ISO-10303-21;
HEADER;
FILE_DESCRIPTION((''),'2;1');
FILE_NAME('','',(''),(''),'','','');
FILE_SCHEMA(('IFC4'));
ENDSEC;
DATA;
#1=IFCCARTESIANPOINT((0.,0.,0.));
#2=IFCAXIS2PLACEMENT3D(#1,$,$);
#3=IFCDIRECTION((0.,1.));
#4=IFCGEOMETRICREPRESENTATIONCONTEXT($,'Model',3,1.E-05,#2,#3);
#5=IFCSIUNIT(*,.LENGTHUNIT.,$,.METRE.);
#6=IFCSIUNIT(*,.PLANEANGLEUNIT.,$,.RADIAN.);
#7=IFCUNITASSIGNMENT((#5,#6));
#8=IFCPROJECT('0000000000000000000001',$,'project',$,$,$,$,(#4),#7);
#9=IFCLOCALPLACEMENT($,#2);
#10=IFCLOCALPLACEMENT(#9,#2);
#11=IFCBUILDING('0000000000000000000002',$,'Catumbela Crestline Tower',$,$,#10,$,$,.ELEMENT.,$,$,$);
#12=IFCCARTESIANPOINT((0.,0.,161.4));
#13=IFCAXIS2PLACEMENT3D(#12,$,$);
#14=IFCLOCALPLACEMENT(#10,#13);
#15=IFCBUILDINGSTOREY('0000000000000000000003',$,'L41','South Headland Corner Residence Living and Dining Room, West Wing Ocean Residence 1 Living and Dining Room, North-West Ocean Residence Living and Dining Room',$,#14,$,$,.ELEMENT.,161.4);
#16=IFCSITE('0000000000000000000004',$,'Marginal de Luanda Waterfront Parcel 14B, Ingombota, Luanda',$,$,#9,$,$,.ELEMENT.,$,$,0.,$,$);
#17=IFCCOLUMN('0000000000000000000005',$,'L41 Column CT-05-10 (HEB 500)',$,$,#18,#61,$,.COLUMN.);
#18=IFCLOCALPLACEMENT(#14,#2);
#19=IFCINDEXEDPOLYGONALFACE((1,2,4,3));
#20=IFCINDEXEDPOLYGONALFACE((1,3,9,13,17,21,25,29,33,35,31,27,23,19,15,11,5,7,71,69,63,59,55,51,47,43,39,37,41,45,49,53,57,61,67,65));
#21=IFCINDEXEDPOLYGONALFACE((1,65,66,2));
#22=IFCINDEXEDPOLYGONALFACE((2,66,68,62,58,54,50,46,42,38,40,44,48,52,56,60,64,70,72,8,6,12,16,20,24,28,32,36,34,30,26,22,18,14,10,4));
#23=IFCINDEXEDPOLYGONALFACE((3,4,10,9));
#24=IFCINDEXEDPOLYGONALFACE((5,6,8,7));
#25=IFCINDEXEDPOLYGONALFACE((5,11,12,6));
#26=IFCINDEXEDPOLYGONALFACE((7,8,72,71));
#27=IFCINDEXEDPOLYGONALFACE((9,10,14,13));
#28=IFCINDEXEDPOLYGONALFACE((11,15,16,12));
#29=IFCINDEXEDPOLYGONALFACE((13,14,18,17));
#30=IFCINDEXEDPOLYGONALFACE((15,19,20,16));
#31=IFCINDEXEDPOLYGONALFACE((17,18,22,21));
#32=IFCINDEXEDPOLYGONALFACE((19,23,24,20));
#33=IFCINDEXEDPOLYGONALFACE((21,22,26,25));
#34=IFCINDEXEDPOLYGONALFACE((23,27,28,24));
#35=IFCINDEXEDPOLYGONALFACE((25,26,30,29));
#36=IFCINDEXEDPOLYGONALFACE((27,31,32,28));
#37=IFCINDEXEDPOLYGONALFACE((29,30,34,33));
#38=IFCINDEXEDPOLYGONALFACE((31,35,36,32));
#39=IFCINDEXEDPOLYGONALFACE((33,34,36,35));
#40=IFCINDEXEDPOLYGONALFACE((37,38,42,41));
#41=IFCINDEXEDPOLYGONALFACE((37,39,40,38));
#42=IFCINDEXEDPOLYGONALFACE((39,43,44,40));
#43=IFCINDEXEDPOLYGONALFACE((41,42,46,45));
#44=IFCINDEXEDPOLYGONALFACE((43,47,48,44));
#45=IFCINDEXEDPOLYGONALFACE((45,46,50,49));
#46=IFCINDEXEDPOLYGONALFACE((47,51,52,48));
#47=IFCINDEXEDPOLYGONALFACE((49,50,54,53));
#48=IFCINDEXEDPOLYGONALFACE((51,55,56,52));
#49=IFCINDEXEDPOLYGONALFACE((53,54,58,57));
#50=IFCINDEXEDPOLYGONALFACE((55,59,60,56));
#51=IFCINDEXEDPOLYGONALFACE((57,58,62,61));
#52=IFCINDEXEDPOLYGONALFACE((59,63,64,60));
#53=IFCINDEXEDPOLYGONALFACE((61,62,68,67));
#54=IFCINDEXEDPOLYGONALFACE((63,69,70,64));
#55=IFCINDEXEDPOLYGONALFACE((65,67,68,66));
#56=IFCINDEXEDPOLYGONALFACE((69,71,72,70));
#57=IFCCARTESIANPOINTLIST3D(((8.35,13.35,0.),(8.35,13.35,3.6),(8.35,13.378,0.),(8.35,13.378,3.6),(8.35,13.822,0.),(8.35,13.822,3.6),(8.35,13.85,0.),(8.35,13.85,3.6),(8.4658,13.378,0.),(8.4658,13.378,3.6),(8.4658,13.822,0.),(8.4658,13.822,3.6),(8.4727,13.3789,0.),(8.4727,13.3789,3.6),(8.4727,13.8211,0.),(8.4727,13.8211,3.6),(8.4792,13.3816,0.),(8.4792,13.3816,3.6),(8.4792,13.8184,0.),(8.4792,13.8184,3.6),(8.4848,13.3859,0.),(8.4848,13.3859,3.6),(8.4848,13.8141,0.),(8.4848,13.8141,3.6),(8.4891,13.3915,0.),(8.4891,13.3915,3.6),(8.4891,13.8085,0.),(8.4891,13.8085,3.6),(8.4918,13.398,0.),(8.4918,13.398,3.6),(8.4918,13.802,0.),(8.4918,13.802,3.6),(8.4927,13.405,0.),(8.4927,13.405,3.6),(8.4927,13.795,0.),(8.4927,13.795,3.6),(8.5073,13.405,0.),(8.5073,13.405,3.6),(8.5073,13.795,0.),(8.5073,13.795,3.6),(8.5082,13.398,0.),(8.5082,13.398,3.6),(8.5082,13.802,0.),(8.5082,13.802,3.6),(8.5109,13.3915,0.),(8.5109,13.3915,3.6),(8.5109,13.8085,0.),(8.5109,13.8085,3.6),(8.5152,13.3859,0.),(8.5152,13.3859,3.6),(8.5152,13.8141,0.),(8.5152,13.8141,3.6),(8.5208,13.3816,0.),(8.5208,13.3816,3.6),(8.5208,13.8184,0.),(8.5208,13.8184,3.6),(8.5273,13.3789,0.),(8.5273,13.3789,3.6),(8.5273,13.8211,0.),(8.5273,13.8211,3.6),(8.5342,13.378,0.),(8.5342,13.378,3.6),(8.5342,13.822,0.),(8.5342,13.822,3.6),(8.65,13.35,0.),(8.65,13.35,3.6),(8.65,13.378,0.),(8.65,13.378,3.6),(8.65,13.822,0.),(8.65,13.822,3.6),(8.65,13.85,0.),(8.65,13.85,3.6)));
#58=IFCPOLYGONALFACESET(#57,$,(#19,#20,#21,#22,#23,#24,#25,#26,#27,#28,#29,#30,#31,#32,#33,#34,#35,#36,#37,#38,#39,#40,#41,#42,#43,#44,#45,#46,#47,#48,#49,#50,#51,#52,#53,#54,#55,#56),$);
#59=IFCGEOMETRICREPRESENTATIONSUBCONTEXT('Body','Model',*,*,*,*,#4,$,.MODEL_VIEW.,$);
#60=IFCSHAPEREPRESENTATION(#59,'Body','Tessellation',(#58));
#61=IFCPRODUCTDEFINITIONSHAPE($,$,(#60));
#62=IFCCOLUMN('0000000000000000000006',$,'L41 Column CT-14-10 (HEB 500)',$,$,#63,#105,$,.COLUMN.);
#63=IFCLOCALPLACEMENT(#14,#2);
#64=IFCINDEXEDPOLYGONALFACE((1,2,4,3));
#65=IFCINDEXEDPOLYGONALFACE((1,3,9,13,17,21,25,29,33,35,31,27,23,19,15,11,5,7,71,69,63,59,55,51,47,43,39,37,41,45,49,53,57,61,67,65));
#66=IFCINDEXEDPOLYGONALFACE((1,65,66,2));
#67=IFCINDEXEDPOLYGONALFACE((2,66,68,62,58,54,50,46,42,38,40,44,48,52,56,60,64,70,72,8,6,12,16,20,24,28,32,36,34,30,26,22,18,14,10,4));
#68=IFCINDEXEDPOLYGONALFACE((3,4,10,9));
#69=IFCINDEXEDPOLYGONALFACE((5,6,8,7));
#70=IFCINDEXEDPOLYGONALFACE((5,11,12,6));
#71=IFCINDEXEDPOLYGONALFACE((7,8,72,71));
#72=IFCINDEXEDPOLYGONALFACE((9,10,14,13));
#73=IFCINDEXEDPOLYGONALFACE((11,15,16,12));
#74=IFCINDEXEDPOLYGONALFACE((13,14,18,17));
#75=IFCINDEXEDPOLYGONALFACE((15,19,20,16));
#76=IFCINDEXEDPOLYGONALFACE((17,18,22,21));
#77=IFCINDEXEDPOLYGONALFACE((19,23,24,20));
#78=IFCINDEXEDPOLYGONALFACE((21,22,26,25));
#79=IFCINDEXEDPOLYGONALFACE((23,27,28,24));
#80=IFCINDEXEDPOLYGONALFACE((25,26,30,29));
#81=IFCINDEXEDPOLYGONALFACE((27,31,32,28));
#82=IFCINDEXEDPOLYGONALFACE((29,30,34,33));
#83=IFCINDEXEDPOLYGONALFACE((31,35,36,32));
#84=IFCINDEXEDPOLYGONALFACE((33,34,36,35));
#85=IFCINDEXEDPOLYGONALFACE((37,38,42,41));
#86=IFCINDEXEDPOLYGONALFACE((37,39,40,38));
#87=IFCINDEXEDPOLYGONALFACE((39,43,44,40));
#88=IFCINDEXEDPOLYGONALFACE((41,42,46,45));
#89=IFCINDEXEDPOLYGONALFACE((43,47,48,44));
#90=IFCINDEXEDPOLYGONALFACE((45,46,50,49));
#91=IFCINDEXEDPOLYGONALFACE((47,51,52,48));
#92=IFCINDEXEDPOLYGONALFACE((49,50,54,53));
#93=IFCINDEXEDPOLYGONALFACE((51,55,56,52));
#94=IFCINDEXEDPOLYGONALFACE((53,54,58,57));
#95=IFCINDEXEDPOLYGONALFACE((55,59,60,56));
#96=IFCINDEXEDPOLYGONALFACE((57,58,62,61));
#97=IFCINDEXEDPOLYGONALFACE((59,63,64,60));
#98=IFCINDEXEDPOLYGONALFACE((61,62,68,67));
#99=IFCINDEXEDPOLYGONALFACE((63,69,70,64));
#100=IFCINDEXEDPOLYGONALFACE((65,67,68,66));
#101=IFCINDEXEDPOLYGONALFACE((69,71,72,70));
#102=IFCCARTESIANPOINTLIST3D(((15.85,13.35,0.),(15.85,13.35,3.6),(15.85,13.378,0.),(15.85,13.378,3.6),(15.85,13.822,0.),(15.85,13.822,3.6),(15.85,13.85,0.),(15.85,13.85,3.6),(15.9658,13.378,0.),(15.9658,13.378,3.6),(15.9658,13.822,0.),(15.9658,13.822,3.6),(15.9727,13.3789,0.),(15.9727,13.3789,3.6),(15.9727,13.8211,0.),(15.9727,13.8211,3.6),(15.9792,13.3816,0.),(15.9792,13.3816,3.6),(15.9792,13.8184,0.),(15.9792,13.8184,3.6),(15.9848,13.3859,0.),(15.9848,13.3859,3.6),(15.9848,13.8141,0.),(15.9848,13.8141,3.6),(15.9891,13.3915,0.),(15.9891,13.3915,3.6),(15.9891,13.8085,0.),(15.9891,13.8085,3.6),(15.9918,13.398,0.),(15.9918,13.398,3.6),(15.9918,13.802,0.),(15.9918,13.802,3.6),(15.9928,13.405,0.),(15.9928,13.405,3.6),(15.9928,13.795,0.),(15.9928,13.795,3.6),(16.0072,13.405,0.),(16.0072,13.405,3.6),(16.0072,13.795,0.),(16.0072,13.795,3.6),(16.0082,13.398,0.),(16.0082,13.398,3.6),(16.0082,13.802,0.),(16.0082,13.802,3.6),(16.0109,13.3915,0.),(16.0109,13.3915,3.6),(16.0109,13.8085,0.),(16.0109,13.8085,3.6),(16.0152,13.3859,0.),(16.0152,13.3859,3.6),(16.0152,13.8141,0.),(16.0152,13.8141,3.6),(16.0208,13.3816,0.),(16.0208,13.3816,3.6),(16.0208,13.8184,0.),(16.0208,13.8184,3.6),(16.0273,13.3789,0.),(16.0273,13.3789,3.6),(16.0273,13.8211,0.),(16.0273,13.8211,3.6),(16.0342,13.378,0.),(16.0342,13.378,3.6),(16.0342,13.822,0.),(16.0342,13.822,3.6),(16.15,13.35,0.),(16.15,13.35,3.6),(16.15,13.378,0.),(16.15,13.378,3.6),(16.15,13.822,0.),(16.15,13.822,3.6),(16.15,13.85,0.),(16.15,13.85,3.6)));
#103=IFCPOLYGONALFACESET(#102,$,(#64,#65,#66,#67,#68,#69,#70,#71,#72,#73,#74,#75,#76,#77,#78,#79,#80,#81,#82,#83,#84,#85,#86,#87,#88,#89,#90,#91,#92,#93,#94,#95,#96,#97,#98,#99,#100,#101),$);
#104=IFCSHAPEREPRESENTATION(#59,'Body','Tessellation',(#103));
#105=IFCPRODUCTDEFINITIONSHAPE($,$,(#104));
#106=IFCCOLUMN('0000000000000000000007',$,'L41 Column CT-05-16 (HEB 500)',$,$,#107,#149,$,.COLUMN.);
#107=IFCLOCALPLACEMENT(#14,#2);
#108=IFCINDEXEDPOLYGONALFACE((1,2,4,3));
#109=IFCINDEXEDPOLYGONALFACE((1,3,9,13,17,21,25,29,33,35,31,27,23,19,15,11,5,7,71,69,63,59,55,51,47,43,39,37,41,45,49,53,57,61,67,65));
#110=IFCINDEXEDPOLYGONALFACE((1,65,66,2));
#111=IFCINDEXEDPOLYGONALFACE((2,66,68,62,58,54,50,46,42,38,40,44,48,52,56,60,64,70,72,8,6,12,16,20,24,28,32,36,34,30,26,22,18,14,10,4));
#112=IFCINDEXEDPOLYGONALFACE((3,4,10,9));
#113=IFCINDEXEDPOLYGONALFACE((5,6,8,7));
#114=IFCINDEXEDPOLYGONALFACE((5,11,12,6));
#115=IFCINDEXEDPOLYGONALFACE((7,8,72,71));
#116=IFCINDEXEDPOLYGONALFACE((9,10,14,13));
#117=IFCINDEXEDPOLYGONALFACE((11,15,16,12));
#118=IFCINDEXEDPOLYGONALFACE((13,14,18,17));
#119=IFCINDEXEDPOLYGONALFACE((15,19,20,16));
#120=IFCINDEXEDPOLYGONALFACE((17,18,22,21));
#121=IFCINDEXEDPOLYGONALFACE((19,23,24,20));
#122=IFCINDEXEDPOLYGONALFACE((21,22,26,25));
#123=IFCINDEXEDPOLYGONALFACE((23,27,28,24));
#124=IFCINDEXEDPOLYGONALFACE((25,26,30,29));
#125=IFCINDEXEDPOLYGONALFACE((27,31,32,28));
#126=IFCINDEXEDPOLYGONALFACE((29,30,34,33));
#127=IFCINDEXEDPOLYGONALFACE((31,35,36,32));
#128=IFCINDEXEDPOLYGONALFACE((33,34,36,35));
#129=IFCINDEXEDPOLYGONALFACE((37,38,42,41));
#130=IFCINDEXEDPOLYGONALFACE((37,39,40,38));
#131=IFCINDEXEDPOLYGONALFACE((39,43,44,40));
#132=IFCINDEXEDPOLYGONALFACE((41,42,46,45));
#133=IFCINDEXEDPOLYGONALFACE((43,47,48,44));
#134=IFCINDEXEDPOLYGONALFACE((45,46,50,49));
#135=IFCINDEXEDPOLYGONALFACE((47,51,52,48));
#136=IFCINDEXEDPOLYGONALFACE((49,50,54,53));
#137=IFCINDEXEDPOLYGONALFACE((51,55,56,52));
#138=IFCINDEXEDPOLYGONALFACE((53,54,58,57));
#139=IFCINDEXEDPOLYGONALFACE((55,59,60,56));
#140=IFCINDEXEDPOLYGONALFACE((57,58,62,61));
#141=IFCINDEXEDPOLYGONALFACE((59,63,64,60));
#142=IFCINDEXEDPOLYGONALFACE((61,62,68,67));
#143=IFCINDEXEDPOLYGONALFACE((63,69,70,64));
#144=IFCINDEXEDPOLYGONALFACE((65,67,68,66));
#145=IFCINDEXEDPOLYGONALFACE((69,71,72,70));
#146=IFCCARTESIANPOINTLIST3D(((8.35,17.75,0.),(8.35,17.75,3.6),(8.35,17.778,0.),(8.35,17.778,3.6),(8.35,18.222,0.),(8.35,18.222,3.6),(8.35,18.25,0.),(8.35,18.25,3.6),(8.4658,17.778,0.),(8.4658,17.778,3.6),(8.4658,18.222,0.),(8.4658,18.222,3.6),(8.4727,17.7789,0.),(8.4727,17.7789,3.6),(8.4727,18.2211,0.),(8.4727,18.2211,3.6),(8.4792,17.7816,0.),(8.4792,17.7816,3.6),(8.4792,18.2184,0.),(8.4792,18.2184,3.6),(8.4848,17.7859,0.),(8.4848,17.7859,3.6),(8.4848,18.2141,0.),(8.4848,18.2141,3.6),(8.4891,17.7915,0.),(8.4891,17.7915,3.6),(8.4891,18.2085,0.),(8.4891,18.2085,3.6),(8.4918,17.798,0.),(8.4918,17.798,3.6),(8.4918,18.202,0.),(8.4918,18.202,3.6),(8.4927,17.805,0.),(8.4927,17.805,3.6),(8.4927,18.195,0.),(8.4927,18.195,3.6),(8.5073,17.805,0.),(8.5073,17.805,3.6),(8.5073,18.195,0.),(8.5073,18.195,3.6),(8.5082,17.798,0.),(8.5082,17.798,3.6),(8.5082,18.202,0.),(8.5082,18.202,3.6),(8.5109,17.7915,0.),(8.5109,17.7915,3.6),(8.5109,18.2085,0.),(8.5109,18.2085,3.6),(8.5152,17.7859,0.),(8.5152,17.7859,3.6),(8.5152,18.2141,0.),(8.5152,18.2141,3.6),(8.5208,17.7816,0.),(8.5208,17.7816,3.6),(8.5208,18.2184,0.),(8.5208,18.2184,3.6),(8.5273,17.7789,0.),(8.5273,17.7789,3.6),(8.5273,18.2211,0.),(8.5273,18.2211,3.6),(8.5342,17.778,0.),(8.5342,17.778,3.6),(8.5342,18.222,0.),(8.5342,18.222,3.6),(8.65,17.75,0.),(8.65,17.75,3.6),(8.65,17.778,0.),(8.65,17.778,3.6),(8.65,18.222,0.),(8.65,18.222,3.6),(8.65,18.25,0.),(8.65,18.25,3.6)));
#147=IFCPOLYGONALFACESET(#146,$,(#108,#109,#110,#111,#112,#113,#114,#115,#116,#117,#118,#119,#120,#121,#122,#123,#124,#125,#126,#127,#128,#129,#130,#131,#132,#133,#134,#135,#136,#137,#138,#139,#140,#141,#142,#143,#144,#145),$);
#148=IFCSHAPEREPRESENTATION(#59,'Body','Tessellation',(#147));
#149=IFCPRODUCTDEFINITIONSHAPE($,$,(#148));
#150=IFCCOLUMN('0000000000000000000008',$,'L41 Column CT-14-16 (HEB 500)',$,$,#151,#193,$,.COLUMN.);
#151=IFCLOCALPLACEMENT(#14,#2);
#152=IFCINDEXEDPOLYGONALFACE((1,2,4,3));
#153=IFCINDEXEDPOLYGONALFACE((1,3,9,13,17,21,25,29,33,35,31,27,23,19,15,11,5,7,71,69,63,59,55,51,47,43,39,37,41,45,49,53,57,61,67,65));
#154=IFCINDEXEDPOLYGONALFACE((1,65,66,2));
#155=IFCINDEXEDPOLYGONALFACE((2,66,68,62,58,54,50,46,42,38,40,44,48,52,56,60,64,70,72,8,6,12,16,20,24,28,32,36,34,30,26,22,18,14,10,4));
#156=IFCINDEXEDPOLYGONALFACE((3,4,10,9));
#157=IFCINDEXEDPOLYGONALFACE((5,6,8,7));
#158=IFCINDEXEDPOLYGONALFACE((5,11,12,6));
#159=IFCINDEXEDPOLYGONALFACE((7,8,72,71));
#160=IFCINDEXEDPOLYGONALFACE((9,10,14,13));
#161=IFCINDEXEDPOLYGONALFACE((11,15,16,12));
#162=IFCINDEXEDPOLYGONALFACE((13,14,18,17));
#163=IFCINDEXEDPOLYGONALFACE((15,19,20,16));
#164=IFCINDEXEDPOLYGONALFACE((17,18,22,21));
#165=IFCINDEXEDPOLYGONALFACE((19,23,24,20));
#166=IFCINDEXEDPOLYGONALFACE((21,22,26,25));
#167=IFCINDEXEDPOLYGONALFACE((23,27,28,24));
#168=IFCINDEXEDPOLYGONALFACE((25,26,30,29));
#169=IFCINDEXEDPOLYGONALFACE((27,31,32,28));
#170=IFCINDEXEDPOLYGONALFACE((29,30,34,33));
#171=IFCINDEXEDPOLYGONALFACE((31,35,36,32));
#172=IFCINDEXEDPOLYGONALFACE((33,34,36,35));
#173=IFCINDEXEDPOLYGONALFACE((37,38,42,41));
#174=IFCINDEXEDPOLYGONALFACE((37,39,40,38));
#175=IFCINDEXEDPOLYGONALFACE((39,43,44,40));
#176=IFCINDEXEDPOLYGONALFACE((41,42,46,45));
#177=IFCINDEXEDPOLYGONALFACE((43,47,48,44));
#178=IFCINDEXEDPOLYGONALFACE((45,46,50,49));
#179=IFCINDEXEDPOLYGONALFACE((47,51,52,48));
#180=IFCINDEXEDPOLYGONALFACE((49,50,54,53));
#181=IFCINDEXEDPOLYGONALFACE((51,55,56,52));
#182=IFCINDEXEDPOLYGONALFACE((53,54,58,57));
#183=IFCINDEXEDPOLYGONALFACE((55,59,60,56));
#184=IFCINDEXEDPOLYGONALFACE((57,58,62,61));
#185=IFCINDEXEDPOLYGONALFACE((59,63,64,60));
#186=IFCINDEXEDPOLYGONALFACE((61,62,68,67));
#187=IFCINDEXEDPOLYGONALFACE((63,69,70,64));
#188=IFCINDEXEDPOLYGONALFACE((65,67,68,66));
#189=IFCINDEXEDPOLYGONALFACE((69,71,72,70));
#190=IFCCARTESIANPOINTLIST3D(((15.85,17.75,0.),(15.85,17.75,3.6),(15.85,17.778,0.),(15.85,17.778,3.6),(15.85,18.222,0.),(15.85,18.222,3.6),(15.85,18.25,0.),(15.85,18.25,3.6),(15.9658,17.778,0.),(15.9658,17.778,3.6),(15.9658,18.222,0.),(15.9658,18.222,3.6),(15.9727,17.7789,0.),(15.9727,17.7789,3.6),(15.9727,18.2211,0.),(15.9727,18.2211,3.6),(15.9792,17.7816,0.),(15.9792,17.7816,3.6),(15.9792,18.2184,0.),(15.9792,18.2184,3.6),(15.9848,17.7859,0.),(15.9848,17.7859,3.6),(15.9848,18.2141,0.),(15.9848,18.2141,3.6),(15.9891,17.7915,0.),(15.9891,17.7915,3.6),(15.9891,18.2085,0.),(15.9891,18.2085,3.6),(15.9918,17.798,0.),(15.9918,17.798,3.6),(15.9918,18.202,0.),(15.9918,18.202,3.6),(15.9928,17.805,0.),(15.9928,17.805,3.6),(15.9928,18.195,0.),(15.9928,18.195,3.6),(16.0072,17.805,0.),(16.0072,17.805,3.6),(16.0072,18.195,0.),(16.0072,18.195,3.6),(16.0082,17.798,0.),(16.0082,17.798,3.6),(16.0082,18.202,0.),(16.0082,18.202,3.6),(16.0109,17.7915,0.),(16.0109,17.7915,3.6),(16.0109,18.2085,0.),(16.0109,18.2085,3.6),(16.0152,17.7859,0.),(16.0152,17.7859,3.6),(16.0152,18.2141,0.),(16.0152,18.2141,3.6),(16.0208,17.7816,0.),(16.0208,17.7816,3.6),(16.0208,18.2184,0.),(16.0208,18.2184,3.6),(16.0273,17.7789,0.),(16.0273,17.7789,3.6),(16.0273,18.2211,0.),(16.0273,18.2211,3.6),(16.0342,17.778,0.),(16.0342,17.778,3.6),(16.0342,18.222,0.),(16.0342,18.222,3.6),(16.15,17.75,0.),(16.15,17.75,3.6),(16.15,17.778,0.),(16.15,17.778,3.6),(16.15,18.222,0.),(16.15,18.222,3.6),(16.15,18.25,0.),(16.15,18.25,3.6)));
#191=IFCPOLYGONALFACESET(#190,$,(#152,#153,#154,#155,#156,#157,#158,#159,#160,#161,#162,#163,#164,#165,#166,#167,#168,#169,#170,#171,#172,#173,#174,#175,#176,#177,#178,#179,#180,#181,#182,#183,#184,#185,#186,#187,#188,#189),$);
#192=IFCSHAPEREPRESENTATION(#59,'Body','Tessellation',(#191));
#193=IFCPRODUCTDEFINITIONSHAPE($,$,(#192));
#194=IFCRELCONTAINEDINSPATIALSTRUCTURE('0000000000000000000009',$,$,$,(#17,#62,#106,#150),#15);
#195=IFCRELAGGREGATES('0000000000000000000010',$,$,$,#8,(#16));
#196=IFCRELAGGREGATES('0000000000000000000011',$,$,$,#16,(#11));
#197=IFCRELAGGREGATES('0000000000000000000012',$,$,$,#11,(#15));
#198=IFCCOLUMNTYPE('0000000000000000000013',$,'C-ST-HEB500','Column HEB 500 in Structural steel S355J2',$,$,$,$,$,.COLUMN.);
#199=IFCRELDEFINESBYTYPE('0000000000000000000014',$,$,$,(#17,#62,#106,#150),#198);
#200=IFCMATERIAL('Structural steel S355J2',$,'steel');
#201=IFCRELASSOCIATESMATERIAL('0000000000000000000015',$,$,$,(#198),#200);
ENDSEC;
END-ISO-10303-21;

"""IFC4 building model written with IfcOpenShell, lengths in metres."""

from ifc_helpers import new_model, si_unit, direction, frame, origin, origin_2d, place, context, subcontext, project, spatial, i_section, extrude, material, material_profile, profile_set, type_object, element, save


model = new_model("IFC4")

# Units and contexts
model_context = context("Model", 3, precision=1e-05, world=origin(), true_north=direction((0.0, 1.0)))
body_context = subcontext(model_context, "Body", "Model", "MODEL_VIEW")
ifc_project = project(units=[si_unit("LENGTHUNIT", "METRE"), si_unit("PLANEANGLEUNIT", "RADIAN")], contexts=[model_context])

# Site, building, storey
site_placement = place(None, origin())
site = spatial("IfcSite", under=ifc_project, at=site_placement, Name="Marginal de Luanda Waterfront Parcel 14B, Ingombota, Luanda", CompositionType="ELEMENT", RefElevation=0.0)
building_placement = place(site_placement, origin())
building = spatial("IfcBuilding", under=site, at=building_placement, Name="Catumbela Crestline Tower", CompositionType="ELEMENT")
storey_placement = place(building_placement, frame((0.0, 0.0, 161.4)))
storey = spatial("IfcBuildingStorey", under=building, at=storey_placement, Name="L41", Description="South Headland Corner Residence Living and Dining Room, West Wing Ocean Residence 1 Living and Dining Room, North-West Ocean Residence Living and Dining Room", CompositionType="ELEMENT", Elevation=161.4)

# Columns
ifc_material_1 = material(Name="Structural steel S355J2", Category="steel")
ifc_material_profile_1 = material_profile(ifc_material_1, i_section(OverallWidth=0.3, OverallDepth=0.5, WebThickness=0.0145, FlangeThickness=0.028, FilletRadius=0.027, at=origin_2d()), Name="HEB 500")
ifc_profile_set_1 = profile_set([ifc_material_profile_1], Name="Structural steel S355J2")
column_type = type_object("IfcColumnType", Name="C-ST-HEB500", Description="Column HEB 500 in Structural steel S355J2", PredefinedType="COLUMN", material=ifc_profile_set_1)
for number, where, z_axis, x_axis, name in (
    (1, (8.5, 13.6, 0.0), (0.0, 0.0, 1.0), (1.0, 0.0, 0.0), "L41 Column CT-05-10 (HEB 500)"),
    (2, (16.0, 13.6, 0.0), (0.0, 0.0, 1.0), (1.0, 0.0, 0.0), "L41 Column CT-14-10 (HEB 500)"),
    (3, (8.5, 18.0, 0.0), (0.0, 0.0, 1.0), (1.0, 0.0, 0.0), "L41 Column CT-05-16 (HEB 500)"),
    (4, (16.0, 18.0, 0.0), (0.0, 0.0, 1.0), (1.0, 0.0, 0.0), "L41 Column CT-14-16 (HEB 500)"),
):
    element("IfcColumn", number, at=place(storey_placement, frame(where, z_axis=z_axis, x_axis=x_axis)), inside=storey, type_object=column_type, Name=name, PredefinedType="COLUMN", context=body_context, shape_type="SweptSolid", body=[
        extrude(i_section(OverallWidth=0.3, OverallDepth=0.5, WebThickness=0.0145, FlangeThickness=0.028, FilletRadius=0.027, at=origin_2d()), origin(), (0.0, 0.0, 1.0), 3.6),
    ])

save(model, "model.ifc")
